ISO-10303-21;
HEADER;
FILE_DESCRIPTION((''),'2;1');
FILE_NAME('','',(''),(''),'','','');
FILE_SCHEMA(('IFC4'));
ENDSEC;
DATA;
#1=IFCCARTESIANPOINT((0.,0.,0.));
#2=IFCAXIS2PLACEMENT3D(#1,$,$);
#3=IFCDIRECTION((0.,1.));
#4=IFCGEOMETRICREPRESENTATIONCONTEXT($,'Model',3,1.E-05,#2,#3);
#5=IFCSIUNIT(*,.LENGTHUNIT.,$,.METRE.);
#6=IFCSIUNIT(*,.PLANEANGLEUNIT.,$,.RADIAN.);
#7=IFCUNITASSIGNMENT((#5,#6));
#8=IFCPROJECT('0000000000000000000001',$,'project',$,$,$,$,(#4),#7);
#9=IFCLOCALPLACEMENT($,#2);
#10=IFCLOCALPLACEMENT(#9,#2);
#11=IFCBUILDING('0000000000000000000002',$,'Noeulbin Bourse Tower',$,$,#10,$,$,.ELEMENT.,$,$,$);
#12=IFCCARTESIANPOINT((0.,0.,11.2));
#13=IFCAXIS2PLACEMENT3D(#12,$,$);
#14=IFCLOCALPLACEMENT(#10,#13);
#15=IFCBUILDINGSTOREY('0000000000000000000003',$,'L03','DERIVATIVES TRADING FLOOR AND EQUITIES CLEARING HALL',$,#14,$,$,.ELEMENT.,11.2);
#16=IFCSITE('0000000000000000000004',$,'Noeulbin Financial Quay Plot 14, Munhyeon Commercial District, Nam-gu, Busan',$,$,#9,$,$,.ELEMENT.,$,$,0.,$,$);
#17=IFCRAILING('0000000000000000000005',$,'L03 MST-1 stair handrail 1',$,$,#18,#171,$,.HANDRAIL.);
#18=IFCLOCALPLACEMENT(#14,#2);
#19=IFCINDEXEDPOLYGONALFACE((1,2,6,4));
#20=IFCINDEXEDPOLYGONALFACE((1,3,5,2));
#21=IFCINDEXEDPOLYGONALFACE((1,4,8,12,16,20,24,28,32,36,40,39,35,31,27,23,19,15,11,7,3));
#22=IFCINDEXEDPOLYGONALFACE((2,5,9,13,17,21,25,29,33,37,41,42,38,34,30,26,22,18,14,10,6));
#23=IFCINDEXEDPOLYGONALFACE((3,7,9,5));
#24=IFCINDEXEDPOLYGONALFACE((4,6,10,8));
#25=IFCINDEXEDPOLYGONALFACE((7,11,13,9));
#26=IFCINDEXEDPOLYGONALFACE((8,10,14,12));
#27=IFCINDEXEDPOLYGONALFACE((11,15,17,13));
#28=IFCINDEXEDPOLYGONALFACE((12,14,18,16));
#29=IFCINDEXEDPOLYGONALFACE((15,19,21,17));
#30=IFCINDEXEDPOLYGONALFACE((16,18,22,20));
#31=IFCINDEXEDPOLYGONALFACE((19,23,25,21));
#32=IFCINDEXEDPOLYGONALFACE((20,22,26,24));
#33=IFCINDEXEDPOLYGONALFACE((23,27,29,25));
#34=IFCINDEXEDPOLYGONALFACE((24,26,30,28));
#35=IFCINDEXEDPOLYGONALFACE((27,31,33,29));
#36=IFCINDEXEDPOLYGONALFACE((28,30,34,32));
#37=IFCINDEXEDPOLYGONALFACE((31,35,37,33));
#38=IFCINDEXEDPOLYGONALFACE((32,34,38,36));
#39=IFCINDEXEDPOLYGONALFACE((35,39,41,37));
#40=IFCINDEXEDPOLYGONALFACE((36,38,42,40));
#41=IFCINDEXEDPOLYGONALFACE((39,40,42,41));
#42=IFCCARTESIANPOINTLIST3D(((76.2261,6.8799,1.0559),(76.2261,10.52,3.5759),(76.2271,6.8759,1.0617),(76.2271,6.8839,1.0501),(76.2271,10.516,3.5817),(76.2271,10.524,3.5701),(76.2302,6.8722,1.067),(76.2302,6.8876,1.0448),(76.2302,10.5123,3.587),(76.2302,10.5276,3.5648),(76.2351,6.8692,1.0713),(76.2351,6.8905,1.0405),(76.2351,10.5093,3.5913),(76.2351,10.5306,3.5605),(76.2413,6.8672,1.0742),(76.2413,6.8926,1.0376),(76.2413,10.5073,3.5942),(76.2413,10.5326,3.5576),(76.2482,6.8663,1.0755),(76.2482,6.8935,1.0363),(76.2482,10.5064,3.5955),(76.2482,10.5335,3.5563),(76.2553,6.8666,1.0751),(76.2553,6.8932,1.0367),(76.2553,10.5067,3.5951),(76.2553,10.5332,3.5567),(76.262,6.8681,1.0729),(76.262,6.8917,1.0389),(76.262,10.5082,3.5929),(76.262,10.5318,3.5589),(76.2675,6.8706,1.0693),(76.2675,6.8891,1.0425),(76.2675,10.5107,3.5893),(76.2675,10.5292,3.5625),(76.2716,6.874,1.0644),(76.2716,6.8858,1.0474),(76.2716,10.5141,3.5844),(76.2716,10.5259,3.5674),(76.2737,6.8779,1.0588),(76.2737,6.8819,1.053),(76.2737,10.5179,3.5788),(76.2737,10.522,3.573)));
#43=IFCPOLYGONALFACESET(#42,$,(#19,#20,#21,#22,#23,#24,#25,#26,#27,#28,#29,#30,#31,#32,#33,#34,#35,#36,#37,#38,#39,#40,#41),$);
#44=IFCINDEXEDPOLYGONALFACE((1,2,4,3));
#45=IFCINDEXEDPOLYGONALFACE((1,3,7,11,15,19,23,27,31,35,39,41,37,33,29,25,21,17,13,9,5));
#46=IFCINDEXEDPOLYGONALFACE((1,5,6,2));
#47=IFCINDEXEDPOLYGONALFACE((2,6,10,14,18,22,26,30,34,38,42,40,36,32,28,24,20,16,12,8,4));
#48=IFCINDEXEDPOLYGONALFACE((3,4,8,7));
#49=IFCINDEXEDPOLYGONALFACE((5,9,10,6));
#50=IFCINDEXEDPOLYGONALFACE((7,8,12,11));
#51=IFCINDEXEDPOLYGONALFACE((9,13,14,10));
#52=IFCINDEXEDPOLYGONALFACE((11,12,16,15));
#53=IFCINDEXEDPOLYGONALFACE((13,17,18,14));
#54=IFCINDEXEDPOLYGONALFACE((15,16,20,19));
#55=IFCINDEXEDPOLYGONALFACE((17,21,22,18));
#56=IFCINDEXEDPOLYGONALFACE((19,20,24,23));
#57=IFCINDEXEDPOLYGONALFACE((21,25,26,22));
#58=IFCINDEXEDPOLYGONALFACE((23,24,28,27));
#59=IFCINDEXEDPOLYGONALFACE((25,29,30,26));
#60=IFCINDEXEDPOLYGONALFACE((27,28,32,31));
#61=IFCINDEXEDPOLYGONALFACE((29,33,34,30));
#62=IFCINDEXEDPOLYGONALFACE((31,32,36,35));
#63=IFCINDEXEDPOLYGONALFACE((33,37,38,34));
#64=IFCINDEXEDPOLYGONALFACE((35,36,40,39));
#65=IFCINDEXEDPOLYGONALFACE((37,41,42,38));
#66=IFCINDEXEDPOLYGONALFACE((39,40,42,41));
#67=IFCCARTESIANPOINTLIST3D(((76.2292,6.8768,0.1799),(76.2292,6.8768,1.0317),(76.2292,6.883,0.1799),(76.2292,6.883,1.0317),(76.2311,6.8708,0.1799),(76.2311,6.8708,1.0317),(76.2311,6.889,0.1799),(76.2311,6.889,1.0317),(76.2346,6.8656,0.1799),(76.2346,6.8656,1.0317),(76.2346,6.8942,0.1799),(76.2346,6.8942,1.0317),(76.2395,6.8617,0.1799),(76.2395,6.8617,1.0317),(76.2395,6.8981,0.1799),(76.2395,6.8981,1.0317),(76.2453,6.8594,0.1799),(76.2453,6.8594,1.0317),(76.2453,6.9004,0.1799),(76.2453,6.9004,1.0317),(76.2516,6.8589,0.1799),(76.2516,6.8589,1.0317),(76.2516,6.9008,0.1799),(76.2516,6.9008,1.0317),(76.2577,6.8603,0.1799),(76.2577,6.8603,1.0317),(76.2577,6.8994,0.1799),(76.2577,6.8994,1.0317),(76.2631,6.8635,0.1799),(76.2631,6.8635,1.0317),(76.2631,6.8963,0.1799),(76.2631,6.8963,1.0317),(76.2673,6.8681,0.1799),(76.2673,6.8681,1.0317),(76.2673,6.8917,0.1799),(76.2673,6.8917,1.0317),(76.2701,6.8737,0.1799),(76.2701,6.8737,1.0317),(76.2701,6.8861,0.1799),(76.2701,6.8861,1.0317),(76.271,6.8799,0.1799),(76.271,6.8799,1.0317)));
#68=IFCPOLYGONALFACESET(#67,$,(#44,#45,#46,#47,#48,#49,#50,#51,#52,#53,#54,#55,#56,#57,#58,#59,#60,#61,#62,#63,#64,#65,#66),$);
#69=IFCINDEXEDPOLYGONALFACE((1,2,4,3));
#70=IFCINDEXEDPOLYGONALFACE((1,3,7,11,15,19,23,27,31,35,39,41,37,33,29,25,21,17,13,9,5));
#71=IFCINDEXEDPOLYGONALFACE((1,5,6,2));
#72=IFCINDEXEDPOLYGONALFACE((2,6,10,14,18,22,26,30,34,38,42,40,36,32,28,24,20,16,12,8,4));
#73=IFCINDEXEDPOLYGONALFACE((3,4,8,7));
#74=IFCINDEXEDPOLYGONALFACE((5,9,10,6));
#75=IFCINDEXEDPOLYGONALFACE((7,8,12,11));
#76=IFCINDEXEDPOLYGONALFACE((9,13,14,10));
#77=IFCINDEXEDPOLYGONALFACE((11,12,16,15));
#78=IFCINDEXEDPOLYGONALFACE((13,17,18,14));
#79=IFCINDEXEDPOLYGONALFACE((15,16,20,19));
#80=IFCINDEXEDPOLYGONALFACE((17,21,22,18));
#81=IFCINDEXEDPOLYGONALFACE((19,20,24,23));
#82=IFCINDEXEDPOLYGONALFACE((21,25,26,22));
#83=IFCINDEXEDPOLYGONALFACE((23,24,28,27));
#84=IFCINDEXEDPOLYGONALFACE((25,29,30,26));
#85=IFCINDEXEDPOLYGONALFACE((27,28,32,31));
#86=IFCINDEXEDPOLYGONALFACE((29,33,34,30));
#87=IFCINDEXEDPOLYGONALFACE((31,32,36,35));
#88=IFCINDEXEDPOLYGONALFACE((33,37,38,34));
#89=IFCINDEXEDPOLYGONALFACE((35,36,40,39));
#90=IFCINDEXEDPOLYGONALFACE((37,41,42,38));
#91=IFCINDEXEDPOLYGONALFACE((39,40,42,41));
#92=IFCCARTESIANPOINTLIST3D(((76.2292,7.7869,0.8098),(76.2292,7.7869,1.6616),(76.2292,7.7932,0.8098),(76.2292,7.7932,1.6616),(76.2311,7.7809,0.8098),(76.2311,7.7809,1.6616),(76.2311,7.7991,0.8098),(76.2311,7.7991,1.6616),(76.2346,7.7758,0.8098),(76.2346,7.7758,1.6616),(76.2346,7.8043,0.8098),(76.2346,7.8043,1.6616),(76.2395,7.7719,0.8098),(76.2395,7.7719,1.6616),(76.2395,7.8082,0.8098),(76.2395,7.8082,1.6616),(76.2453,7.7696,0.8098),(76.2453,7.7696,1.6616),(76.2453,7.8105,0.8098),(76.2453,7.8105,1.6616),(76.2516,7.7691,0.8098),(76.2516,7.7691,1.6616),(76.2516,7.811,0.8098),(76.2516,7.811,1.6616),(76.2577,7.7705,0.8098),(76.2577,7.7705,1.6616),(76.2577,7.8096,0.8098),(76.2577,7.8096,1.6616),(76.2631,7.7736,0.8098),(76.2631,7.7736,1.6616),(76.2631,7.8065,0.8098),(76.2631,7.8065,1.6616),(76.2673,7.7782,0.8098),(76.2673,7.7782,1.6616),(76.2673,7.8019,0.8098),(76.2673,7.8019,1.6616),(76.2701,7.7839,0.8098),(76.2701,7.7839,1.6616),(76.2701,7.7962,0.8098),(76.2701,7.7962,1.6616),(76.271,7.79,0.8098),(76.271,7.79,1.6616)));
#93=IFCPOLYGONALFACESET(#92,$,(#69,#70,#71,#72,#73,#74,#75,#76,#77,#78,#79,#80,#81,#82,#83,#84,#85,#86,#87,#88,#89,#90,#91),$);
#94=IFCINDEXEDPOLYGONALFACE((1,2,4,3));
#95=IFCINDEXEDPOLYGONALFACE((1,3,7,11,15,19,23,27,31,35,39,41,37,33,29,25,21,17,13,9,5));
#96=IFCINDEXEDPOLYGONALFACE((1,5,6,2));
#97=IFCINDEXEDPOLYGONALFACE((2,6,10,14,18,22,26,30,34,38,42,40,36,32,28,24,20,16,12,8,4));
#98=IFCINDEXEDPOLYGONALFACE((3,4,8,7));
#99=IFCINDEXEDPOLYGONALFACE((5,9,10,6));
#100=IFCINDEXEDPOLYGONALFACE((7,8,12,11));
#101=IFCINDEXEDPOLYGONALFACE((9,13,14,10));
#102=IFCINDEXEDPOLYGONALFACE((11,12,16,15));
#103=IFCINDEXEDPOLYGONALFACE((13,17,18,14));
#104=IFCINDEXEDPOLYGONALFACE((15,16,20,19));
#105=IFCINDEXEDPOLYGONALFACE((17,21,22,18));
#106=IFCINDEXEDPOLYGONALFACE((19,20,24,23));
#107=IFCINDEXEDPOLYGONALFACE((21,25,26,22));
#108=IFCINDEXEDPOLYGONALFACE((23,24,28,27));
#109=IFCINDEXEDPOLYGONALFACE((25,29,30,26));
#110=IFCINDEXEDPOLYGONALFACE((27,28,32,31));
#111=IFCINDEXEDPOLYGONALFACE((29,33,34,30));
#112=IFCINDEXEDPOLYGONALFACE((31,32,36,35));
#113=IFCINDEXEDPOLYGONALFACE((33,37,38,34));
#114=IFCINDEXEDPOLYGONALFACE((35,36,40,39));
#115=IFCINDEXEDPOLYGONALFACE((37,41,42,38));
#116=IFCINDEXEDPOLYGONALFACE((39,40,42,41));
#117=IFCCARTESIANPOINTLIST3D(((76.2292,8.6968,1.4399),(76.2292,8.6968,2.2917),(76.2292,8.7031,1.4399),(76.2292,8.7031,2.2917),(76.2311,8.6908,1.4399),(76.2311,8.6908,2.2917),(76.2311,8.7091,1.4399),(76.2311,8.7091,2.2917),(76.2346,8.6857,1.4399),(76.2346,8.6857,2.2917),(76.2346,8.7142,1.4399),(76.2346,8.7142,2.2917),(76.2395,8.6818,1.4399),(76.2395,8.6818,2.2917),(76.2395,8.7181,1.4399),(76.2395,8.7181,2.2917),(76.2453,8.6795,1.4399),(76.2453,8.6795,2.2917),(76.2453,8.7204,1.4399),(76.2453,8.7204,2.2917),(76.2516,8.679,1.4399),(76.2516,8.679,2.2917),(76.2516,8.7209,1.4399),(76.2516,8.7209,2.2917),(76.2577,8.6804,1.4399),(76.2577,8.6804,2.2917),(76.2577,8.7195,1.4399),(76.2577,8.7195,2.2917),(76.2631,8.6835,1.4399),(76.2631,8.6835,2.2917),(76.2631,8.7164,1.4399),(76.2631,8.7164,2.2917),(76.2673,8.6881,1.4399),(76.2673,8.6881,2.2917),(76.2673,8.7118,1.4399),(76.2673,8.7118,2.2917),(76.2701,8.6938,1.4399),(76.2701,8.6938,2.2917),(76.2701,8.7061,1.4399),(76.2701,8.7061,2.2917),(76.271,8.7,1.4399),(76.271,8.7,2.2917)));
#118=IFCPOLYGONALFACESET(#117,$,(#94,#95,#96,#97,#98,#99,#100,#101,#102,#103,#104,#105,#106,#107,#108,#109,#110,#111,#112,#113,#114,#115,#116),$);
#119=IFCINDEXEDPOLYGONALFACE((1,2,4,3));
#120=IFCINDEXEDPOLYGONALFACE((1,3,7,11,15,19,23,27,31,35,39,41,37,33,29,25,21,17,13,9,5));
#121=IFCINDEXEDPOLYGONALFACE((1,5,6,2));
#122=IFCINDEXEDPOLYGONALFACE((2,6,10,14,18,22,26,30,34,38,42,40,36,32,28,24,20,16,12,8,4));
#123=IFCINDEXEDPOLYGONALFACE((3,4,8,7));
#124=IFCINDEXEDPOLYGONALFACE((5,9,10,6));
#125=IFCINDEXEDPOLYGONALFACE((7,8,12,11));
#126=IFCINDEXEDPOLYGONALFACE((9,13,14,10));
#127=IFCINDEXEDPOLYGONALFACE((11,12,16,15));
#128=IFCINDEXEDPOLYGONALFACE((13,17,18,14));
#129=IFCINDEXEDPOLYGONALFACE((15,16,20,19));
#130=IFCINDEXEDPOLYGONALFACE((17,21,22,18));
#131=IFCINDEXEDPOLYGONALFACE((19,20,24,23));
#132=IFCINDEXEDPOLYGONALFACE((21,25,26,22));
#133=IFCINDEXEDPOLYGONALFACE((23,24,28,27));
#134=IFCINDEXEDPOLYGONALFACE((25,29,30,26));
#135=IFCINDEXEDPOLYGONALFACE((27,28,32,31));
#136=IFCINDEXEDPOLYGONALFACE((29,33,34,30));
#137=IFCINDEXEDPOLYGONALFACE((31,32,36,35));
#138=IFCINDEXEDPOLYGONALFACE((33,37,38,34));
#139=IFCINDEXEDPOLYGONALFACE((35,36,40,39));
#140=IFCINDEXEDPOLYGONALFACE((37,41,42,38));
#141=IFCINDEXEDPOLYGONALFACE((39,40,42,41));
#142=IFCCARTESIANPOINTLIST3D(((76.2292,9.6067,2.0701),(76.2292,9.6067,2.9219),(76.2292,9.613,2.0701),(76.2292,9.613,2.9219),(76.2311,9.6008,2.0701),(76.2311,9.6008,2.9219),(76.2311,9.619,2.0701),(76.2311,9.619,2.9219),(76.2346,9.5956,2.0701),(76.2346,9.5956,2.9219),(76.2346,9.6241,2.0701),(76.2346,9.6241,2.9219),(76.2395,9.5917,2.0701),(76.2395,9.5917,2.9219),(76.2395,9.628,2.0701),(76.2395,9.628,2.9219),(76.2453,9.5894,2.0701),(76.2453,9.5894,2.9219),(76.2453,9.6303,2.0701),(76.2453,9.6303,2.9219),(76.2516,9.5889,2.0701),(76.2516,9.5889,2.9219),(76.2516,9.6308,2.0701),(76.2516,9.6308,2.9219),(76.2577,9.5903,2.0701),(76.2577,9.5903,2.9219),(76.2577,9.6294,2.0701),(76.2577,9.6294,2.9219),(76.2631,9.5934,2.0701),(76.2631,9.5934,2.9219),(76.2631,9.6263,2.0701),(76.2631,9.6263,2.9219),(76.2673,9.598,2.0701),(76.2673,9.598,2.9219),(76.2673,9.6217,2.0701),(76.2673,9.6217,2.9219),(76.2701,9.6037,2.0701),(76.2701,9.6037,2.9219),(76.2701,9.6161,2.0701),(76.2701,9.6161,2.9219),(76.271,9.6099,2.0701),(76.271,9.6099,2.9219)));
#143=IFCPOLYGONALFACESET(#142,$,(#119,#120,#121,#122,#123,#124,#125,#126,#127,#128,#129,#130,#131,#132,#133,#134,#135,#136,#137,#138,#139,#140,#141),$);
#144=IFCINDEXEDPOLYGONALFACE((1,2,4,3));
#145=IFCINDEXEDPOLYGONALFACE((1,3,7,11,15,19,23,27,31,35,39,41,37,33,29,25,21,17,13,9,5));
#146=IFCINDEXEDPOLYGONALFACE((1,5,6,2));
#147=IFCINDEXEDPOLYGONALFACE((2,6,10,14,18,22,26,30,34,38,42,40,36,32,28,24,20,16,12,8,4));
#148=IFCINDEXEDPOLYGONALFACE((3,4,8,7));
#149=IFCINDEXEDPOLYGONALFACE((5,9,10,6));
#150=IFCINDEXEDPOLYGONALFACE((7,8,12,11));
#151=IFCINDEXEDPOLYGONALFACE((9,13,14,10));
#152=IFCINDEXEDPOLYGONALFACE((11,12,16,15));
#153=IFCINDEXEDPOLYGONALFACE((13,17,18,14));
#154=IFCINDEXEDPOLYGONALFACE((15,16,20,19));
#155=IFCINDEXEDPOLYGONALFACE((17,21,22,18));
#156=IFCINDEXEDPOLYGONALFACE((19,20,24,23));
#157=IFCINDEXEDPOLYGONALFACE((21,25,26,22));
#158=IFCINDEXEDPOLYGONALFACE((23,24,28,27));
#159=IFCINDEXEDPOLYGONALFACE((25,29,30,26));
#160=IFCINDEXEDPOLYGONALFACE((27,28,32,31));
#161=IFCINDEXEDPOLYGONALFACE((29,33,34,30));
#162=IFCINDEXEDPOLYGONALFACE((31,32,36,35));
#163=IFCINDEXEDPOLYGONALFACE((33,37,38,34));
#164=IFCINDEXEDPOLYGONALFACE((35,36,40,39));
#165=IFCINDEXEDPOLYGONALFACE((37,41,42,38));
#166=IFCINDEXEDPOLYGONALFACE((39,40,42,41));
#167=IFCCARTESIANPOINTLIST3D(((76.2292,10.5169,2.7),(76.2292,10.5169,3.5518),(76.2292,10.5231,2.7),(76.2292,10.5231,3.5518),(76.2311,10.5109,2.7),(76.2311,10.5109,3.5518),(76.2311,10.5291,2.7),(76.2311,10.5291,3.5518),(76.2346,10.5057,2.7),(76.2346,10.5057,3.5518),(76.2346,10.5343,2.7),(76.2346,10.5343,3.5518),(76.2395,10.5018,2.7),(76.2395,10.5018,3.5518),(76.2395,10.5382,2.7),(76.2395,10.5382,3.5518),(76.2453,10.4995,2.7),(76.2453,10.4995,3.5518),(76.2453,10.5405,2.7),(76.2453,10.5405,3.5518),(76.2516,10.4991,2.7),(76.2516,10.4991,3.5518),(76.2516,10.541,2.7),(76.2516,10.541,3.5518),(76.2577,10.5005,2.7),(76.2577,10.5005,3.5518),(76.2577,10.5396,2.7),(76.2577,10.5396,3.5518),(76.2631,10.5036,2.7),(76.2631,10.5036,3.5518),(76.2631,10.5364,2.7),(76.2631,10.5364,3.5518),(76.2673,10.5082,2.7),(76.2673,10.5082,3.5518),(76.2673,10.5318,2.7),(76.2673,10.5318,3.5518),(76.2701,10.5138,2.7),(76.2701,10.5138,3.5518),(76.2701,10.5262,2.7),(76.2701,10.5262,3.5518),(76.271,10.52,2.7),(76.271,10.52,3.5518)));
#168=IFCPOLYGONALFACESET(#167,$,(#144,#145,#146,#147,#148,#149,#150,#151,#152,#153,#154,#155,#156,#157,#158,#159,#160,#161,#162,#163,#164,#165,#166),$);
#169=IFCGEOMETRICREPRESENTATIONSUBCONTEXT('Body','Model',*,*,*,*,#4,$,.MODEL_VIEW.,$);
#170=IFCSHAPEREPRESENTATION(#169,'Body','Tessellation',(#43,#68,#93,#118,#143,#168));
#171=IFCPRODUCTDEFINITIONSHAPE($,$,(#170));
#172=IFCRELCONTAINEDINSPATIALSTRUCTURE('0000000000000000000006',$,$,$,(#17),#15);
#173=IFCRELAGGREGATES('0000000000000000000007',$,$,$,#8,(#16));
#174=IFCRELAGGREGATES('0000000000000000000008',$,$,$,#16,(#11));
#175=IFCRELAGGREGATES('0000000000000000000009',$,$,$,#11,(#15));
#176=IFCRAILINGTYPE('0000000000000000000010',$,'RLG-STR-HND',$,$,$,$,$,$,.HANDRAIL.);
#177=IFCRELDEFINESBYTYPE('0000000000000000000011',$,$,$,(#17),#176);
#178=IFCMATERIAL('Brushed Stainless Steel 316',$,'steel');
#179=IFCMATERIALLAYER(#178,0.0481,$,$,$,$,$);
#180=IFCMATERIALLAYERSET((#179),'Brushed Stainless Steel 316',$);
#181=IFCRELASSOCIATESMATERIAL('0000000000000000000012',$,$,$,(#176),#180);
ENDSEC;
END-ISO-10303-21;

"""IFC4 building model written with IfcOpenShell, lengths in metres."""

from ifc_helpers import new_model, si_unit, direction, frame, origin, origin_2d, place, context, subcontext, project, spatial, circle, extrude, material, layer, layer_set, type_object, element, save


model = new_model("IFC4")

# Units and contexts
model_context = context("Model", 3, precision=1e-05, world=origin(), true_north=direction((0.0, 1.0)))
body_context = subcontext(model_context, "Body", "Model", "MODEL_VIEW")
ifc_project = project(units=[si_unit("LENGTHUNIT", "METRE"), si_unit("PLANEANGLEUNIT", "RADIAN")], contexts=[model_context])

# Site, building, storey
site_placement = place(None, origin())
site = spatial("IfcSite", under=ifc_project, at=site_placement, Name="Noeulbin Financial Quay Plot 14, Munhyeon Commercial District, Nam-gu, Busan", CompositionType="ELEMENT", RefElevation=0.0)
building_placement = place(site_placement, origin())
building = spatial("IfcBuilding", under=site, at=building_placement, Name="Noeulbin Bourse Tower", CompositionType="ELEMENT")
storey_placement = place(building_placement, frame((0.0, 0.0, 11.2)))
storey = spatial("IfcBuildingStorey", under=building, at=storey_placement, Name="L03", Description="DERIVATIVES TRADING FLOOR AND EQUITIES CLEARING HALL", CompositionType="ELEMENT", Elevation=11.2)

# Railing
ifc_material_1 = material(Name="Brushed Stainless Steel 316", Category="steel")
ifc_layer_1 = layer(ifc_material_1, 0.0481)
ifc_layer_set_1 = layer_set([ifc_layer_1], Name="Brushed Stainless Steel 316")
railing_type_1 = type_object("IfcRailingType", Name="RLG-STR-HND", PredefinedType="HANDRAIL", material=ifc_layer_set_1)
railing_1_placement = place(storey_placement, frame((76.25, 6.8799, 0.1799)))
element("IfcRailing", 1, at=railing_1_placement, inside=storey, type_object=railing_type_1, Name="L03 MST-1 stair handrail 1", PredefinedType="HANDRAIL", context=body_context, shape_type="SweptSolid", body=[
    extrude(circle(Radius=0.0239, at=origin_2d()), frame((0.0, 0.0, 0.876), z_axis=(0.0, 0.8222, 0.569199), x_axis=(-1.0, 0.0, 0.0)), (0.0, 0.0, 1.0), 4.4272),
    extrude(circle(Radius=0.021, at=origin_2d()), origin(), (0.0, 0.0, 1.0), 0.8518),
    extrude(circle(Radius=0.021, at=origin_2d()), frame((0.0, 0.9102, 0.6299)), (0.0, 0.0, 1.0), 0.8518),
    extrude(circle(Radius=0.021, at=origin_2d()), frame((0.0, 1.8201, 1.26)), (0.0, 0.0, 1.0), 0.8518),
    extrude(circle(Radius=0.021, at=origin_2d()), frame((0.0, 2.73, 1.8901)), (0.0, 0.0, 1.0), 0.8518),
    extrude(circle(Radius=0.021, at=origin_2d()), frame((0.0, 3.6401, 2.52)), (0.0, 0.0, 1.0), 0.8518),
])

save(model, "model.ifc")
